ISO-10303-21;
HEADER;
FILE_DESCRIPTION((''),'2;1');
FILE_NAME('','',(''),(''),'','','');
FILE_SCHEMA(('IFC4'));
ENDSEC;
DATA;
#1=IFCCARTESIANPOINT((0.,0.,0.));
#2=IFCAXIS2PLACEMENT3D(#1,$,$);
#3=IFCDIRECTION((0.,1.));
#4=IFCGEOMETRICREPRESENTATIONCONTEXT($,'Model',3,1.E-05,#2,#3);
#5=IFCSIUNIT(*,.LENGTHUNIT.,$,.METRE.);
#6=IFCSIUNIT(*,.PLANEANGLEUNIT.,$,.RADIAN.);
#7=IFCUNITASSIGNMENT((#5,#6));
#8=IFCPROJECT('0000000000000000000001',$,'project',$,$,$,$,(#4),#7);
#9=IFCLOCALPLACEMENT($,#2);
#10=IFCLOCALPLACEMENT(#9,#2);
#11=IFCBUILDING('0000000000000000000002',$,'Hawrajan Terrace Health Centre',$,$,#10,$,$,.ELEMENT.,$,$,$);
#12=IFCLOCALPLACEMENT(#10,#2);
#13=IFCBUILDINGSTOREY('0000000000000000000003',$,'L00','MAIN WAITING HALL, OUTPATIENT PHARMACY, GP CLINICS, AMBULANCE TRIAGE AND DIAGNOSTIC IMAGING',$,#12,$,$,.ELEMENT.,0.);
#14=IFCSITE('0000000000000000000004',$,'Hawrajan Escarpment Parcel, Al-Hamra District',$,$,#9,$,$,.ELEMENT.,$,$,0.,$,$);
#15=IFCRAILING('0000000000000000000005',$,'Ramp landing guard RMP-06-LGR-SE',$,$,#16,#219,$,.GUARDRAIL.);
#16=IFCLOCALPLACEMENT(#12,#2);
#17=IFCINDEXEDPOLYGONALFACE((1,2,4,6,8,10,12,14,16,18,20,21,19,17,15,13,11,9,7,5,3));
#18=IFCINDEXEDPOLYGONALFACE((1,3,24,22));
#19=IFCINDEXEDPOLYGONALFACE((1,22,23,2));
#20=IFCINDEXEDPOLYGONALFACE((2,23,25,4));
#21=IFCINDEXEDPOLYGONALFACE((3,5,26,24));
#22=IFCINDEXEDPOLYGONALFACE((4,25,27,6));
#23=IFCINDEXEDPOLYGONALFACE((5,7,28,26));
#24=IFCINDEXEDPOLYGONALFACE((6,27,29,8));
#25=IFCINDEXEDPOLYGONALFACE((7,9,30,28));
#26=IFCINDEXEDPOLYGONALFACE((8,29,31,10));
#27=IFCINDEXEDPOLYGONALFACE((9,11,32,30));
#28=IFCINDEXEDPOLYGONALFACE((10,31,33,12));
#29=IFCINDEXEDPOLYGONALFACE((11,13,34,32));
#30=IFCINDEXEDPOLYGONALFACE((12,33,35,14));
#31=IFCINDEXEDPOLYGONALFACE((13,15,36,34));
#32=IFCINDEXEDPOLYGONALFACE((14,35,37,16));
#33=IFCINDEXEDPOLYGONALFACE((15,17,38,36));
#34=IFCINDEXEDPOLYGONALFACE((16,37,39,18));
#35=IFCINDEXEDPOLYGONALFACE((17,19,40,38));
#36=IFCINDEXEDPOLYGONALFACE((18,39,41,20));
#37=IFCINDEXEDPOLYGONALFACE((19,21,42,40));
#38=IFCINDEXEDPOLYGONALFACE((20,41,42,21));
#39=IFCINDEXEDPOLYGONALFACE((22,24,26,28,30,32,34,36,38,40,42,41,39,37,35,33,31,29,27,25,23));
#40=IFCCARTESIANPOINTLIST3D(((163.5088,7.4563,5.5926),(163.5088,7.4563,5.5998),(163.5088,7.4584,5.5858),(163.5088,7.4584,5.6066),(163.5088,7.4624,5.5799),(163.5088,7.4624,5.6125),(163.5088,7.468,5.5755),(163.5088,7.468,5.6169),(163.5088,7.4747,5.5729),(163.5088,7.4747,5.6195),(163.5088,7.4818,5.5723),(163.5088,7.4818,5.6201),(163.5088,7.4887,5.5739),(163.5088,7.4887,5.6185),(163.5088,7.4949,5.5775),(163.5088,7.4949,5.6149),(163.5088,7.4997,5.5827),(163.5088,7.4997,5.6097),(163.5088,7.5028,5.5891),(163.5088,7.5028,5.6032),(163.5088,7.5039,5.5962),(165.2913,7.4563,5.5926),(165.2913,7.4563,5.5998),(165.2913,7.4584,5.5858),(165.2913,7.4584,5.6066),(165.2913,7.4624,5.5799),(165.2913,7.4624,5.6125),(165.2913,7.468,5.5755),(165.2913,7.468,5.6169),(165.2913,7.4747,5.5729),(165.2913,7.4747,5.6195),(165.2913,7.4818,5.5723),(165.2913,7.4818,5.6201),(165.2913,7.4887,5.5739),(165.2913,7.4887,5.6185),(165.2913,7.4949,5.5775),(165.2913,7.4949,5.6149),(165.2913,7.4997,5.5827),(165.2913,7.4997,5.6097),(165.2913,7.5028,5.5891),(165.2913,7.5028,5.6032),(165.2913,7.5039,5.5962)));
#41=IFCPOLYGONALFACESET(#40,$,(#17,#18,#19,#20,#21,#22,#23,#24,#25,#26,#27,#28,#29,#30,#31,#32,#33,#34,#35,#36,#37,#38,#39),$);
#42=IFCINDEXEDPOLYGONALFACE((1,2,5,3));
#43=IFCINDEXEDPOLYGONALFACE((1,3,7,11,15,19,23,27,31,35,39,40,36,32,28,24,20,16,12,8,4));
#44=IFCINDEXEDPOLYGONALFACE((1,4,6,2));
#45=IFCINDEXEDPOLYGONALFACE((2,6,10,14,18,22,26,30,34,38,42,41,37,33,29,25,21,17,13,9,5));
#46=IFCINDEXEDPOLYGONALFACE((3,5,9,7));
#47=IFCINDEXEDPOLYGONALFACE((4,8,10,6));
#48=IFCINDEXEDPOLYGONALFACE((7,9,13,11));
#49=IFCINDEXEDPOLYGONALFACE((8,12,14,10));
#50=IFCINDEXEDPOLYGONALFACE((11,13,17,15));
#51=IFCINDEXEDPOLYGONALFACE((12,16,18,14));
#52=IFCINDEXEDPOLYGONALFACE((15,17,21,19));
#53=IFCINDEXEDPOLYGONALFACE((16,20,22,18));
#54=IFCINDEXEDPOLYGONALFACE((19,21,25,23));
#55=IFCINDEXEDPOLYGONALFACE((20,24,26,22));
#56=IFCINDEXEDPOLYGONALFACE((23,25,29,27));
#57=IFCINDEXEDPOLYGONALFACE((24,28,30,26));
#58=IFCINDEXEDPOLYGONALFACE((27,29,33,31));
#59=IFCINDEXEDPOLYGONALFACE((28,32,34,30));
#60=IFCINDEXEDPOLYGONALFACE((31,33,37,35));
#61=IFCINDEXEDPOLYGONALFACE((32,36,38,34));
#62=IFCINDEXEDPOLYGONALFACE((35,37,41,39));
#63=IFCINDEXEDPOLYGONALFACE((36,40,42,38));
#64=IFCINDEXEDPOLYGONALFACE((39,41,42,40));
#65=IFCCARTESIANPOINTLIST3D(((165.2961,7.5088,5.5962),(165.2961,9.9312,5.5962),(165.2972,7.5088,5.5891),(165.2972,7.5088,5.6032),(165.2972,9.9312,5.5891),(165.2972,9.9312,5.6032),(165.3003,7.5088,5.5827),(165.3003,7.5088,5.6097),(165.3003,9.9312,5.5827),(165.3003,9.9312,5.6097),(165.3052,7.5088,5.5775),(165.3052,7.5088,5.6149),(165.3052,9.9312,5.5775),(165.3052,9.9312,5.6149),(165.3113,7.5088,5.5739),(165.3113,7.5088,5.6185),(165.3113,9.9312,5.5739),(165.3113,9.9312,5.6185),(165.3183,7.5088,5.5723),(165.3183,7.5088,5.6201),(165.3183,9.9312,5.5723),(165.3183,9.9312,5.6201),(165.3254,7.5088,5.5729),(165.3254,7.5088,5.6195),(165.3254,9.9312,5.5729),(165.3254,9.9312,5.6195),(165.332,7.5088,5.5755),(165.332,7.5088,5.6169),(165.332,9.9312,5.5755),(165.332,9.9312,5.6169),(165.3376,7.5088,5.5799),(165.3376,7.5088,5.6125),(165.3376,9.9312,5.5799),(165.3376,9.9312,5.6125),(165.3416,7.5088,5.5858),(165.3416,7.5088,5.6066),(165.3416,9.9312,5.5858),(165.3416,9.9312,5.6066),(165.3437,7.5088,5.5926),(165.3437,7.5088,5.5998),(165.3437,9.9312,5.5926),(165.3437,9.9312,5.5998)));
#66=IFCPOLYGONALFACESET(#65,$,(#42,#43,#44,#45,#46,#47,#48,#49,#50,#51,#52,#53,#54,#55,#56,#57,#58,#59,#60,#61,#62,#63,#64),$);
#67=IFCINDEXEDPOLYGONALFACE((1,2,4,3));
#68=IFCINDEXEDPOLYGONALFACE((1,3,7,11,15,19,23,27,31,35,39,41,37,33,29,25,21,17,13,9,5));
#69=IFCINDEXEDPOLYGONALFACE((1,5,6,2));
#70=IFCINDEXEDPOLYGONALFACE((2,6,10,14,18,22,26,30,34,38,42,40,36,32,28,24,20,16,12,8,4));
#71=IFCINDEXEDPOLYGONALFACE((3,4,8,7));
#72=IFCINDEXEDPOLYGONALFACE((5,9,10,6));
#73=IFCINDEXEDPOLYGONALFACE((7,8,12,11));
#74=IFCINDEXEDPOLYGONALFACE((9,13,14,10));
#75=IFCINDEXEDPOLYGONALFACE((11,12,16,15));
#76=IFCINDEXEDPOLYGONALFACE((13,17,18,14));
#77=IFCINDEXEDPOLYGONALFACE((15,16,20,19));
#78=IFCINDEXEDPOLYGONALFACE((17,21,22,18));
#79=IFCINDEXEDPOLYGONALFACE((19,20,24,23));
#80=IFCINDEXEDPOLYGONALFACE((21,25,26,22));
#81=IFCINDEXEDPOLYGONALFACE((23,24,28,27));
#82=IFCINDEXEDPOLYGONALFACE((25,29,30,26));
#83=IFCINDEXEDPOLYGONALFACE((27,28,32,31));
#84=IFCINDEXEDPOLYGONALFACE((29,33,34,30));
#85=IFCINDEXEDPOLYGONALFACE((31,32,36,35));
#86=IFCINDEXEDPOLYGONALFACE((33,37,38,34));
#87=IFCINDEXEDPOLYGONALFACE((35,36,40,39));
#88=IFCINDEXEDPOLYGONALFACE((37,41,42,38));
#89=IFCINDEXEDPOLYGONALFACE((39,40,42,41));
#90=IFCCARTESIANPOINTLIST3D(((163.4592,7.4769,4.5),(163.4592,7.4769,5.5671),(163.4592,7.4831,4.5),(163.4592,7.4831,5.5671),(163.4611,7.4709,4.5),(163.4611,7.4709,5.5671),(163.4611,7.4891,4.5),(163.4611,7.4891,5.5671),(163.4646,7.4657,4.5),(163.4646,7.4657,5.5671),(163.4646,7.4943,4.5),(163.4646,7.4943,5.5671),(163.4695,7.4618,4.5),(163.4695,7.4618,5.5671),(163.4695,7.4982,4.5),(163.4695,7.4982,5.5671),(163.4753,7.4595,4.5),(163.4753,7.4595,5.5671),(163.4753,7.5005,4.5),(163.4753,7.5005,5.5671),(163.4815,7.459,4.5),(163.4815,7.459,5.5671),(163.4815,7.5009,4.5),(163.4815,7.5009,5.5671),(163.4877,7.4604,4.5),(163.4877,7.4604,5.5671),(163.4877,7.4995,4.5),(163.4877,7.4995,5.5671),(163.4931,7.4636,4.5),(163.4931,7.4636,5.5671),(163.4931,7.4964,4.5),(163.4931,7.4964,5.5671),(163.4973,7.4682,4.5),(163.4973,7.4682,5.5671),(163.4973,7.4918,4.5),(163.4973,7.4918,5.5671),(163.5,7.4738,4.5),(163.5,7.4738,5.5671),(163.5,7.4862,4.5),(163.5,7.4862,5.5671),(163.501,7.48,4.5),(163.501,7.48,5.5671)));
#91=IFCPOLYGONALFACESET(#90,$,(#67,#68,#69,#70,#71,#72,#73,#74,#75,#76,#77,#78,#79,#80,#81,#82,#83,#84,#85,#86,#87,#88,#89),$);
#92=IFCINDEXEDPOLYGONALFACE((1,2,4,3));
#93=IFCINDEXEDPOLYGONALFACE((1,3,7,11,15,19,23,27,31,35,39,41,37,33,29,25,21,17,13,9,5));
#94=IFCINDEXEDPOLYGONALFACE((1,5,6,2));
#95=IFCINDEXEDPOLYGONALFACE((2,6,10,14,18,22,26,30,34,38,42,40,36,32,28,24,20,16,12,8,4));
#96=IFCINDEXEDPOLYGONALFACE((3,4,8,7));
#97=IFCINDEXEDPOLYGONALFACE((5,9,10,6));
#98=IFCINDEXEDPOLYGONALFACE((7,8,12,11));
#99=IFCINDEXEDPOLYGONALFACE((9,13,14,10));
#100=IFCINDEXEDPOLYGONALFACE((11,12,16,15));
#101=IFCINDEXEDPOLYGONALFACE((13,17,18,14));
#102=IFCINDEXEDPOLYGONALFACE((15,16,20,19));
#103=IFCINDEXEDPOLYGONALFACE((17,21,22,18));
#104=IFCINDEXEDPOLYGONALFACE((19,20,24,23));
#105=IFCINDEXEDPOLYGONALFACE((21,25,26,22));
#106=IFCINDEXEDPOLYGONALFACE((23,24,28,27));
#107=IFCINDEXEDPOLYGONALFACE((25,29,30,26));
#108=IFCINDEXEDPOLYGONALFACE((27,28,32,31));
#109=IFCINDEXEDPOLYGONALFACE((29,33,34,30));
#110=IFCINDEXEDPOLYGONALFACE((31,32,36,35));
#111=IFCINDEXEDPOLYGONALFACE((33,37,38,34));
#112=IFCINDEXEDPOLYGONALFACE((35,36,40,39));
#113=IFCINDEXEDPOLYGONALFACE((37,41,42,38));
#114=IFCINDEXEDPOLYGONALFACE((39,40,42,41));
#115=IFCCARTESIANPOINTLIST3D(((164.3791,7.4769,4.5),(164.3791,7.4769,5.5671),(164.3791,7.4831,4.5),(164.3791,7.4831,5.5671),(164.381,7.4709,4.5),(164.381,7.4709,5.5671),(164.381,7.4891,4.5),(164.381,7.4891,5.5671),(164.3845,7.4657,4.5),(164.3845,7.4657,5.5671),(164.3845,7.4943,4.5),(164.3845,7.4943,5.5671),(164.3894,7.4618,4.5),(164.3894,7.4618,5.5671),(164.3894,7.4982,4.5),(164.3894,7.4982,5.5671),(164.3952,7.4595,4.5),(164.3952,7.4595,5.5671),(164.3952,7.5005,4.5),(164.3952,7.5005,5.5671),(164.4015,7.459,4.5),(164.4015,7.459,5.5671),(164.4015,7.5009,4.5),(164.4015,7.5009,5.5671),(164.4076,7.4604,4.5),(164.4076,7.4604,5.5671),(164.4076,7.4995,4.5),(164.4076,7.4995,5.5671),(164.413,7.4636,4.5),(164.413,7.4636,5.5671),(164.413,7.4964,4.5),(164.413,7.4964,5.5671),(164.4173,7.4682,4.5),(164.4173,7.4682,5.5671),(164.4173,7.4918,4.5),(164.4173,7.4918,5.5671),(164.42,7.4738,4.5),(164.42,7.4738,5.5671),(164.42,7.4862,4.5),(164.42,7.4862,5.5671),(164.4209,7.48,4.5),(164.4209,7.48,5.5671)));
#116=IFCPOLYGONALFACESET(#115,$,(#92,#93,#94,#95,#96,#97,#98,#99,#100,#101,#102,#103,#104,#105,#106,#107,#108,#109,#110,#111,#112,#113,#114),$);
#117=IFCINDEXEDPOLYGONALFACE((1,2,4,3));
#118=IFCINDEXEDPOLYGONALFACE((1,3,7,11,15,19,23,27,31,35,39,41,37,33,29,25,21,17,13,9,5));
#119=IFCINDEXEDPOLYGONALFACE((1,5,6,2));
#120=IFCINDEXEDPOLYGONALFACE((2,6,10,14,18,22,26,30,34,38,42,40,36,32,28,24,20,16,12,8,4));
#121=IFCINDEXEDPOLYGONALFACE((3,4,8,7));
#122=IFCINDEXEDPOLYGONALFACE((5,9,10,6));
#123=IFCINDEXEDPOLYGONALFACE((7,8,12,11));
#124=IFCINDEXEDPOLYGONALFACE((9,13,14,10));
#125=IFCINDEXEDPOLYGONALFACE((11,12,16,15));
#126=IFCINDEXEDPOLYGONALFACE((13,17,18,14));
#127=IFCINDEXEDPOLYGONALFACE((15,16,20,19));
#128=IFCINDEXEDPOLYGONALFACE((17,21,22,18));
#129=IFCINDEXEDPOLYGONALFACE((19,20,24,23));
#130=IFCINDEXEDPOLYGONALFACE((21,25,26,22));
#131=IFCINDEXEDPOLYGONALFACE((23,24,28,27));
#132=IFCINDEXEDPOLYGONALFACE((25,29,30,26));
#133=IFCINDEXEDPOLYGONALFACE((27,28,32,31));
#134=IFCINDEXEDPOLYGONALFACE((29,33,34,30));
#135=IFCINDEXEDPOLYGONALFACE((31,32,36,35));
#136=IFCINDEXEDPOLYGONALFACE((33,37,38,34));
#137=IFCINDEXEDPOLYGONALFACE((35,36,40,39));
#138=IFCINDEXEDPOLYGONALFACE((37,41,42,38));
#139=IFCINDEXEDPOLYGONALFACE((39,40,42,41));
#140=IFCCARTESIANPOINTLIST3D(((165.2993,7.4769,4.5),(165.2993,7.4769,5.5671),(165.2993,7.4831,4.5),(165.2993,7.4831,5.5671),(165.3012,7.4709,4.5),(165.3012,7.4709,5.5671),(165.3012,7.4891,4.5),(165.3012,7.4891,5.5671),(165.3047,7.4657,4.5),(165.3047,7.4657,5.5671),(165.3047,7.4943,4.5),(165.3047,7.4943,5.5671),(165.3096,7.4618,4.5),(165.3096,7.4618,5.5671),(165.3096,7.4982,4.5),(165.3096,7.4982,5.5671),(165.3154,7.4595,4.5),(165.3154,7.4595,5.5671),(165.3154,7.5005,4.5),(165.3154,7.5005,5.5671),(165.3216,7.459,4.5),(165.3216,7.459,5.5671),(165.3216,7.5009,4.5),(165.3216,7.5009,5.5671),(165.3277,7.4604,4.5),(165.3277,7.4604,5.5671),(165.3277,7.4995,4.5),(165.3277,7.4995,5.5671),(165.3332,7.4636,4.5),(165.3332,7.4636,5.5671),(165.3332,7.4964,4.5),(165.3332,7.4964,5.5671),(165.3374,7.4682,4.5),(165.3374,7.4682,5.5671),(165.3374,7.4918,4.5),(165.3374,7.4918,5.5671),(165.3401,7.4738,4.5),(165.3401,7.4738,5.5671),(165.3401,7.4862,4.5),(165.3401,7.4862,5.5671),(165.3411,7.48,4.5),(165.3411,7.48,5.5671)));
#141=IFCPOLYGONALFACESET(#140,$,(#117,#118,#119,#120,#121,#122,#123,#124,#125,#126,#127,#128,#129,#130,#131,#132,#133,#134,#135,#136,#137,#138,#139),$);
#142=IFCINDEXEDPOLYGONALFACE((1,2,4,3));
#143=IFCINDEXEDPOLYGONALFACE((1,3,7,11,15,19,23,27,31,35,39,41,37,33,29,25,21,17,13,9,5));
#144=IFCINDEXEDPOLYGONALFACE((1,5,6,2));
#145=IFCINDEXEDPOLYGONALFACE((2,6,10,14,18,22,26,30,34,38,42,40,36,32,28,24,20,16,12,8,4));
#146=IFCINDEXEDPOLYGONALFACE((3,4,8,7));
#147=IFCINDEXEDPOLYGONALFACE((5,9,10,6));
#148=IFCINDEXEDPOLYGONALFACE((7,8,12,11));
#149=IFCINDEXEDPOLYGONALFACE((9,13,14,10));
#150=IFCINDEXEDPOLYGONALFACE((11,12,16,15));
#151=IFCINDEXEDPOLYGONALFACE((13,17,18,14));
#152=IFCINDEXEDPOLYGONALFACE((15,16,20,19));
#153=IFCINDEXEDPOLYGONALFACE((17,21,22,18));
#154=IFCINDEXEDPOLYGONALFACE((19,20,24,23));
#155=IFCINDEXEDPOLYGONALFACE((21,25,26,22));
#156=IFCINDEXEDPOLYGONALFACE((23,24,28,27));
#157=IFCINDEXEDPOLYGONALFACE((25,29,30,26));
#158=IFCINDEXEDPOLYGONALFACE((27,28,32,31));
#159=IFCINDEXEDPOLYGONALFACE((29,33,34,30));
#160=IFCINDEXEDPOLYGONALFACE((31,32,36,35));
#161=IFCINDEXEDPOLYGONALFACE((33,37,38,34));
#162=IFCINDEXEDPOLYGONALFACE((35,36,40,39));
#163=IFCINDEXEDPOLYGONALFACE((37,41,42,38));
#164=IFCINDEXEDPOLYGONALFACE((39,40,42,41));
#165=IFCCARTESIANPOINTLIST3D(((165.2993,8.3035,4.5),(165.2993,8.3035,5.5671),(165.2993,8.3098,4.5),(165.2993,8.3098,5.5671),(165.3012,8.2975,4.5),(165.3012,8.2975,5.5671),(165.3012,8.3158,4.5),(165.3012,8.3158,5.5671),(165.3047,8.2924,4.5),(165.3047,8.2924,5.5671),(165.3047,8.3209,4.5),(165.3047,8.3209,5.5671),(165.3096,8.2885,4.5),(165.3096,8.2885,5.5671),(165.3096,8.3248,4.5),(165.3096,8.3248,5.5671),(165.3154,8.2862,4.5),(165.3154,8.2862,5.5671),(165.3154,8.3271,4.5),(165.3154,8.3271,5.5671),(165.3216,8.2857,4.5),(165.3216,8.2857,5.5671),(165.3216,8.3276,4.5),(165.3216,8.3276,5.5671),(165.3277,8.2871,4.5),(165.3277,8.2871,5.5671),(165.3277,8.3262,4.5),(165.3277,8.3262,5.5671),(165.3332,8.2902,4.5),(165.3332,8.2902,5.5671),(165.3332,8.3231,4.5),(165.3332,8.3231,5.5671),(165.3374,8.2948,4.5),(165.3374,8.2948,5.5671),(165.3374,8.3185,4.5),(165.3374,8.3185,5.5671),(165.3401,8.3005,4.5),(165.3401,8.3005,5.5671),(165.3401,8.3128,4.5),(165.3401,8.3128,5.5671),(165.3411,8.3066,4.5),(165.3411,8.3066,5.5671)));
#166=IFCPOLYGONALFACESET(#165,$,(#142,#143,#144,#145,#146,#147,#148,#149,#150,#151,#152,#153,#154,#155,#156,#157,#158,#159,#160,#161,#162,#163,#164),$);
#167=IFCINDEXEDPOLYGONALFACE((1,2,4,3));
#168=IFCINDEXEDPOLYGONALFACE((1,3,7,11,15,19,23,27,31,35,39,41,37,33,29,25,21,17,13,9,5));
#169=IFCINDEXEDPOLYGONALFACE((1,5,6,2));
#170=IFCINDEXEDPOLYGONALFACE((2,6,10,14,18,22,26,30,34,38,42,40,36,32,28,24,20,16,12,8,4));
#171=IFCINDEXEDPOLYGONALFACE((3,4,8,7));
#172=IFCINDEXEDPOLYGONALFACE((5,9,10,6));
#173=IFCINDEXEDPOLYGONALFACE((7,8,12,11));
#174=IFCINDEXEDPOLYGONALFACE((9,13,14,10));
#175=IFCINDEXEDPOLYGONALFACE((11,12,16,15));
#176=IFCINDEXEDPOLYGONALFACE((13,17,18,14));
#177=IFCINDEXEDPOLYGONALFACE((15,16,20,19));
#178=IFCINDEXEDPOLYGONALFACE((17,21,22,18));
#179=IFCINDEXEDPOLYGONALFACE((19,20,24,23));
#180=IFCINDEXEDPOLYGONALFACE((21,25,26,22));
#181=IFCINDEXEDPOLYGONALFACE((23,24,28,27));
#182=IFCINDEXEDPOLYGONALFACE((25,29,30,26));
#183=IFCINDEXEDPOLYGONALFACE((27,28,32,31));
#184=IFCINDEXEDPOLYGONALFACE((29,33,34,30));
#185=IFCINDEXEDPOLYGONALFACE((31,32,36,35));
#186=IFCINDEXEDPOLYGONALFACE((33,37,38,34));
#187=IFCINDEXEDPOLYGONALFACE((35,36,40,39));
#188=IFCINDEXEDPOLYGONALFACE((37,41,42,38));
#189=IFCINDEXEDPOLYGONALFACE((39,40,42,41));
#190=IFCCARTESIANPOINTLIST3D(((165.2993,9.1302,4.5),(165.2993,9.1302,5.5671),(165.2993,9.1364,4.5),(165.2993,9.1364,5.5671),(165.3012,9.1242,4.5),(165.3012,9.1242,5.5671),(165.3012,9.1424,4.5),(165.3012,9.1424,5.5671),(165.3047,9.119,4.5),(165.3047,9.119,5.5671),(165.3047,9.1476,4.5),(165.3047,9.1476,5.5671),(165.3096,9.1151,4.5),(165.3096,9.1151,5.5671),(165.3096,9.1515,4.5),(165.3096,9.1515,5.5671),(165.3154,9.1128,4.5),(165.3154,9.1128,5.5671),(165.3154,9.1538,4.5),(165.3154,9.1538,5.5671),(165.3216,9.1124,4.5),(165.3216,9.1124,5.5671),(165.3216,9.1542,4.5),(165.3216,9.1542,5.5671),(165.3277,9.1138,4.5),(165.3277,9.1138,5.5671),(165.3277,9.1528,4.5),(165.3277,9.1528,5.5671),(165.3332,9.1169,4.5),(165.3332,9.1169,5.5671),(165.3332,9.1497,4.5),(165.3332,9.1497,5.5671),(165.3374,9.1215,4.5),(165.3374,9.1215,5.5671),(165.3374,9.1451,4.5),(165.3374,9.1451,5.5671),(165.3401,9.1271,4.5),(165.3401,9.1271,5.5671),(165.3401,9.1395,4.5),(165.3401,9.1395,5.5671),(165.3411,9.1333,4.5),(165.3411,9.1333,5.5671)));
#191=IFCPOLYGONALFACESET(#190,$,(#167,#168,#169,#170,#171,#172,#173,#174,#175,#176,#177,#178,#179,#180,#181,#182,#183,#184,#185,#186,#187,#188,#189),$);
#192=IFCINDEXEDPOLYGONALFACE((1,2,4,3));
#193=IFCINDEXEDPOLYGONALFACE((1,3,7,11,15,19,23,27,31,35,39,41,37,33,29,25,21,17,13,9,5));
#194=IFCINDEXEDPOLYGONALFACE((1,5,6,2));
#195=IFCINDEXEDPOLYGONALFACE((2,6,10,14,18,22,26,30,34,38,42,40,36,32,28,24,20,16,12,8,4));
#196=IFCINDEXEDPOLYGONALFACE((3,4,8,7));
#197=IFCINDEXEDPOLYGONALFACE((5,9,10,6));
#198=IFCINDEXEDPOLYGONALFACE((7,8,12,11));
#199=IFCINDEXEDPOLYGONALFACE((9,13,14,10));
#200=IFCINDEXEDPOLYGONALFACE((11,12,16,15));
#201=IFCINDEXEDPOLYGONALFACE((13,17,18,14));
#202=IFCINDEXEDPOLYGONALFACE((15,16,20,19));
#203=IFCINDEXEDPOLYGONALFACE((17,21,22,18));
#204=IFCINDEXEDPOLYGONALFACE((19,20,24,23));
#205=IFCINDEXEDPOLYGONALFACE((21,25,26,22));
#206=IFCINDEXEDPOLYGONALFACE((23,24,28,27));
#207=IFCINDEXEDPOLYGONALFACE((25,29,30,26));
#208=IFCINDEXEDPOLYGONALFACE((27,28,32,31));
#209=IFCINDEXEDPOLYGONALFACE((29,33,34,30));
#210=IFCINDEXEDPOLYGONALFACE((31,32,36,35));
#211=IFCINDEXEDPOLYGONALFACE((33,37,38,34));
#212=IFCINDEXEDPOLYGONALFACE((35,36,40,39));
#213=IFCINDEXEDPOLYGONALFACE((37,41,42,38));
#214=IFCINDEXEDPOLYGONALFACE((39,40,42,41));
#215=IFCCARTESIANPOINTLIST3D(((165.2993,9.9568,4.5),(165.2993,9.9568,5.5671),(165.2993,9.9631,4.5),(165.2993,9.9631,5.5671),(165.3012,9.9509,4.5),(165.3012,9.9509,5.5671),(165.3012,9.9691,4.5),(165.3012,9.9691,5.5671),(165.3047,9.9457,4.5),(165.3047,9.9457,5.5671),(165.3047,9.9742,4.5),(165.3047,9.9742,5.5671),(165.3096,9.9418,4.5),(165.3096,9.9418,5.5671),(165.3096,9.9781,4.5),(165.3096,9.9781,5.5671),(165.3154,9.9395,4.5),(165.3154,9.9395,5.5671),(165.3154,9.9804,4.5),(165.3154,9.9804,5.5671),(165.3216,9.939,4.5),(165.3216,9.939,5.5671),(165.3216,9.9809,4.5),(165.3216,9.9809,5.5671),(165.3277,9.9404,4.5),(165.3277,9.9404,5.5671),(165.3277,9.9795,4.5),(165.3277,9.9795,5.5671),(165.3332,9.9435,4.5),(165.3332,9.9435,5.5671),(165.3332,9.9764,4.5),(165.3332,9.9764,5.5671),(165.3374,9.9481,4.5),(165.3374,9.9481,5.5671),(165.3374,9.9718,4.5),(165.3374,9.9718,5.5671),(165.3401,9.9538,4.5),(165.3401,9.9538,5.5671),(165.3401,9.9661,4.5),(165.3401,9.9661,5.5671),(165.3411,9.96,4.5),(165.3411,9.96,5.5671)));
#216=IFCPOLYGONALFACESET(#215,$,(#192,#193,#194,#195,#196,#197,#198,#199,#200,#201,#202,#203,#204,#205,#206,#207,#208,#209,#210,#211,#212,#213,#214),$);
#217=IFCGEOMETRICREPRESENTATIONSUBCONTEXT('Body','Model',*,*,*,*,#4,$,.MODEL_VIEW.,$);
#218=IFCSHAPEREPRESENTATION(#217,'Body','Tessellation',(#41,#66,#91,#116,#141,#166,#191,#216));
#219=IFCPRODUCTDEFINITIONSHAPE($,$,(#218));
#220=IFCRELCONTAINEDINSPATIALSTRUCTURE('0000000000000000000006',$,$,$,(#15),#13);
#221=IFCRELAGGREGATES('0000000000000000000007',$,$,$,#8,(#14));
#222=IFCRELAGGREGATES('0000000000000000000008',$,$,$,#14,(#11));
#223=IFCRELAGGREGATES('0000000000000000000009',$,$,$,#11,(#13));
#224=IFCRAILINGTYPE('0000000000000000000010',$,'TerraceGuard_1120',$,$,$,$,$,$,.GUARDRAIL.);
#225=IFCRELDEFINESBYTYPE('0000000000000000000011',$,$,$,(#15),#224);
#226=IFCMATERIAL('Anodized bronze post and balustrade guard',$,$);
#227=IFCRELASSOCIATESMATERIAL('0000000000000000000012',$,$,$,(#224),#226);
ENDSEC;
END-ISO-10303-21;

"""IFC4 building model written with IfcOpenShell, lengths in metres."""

from ifc_helpers import new_model, si_unit, direction, frame, origin, origin_2d, place, context, subcontext, project, spatial, circle, extrude, material, type_object, element, save


model = new_model("IFC4")

# Units and contexts
model_context = context("Model", 3, precision=1e-05, world=origin(), true_north=direction((0.0, 1.0)))
body_context = subcontext(model_context, "Body", "Model", "MODEL_VIEW")
ifc_project = project(units=[si_unit("LENGTHUNIT", "METRE"), si_unit("PLANEANGLEUNIT", "RADIAN")], contexts=[model_context])

# Site, building, storey
site_placement = place(None, origin())
site = spatial("IfcSite", under=ifc_project, at=site_placement, Name="Hawrajan Escarpment Parcel, Al-Hamra District", CompositionType="ELEMENT", RefElevation=0.0)
building_placement = place(site_placement, origin())
building = spatial("IfcBuilding", under=site, at=building_placement, Name="Hawrajan Terrace Health Centre", CompositionType="ELEMENT")
storey_placement = place(building_placement, origin())
storey = spatial("IfcBuildingStorey", under=building, at=storey_placement, Name="L00", Description="MAIN WAITING HALL, OUTPATIENT PHARMACY, GP CLINICS, AMBULANCE TRIAGE AND DIAGNOSTIC IMAGING", CompositionType="ELEMENT", Elevation=0.0)

# Railing
ifc_material_1 = material(Name="Anodized bronze post and balustrade guard")
railing_type_1 = type_object("IfcRailingType", Name="TerraceGuard_1120", PredefinedType="GUARDRAIL", material=ifc_material_1)
railing_1_placement = place(storey_placement, frame((163.48, 7.48, 4.5)))
element("IfcRailing", 1, at=railing_1_placement, inside=storey, type_object=railing_type_1, Name="Ramp landing guard RMP-06-LGR-SE", PredefinedType="GUARDRAIL", context=body_context, shape_type="SweptSolid", body=[
    extrude(circle(Radius=0.0239, at=origin_2d()), frame((0.0288, 0.0, 1.0962), z_axis=(1.0, 0.0, 0.0), x_axis=(0.0, 1.0, 0.0)), (0.0, 0.0, 1.0), 1.7825),
    extrude(circle(Radius=0.0239, at=origin_2d()), frame((1.8401, 0.0288, 1.0962), z_axis=(0.0, 1.0, 0.0), x_axis=(-1.0, 0.0, 0.0)), (0.0, 0.0, 1.0), 2.4224),
    extrude(circle(Radius=0.021, at=origin_2d()), origin(), (0.0, 0.0, 1.0), 1.0671),
    extrude(circle(Radius=0.021, at=origin_2d()), frame((0.9199, 0.0, 0.0)), (0.0, 0.0, 1.0), 1.0671),
    extrude(circle(Radius=0.021, at=origin_2d()), frame((1.8401, 0.0, 0.0)), (0.0, 0.0, 1.0), 1.0671),
    extrude(circle(Radius=0.021, at=origin_2d()), frame((1.8401, 0.8267, 0.0)), (0.0, 0.0, 1.0), 1.0671),
    extrude(circle(Radius=0.021, at=origin_2d()), frame((1.8401, 1.6533, 0.0)), (0.0, 0.0, 1.0), 1.0671),
    extrude(circle(Radius=0.021, at=origin_2d()), frame((1.8401, 2.48, 0.0)), (0.0, 0.0, 1.0), 1.0671),
])

save(model, "model.ifc")
